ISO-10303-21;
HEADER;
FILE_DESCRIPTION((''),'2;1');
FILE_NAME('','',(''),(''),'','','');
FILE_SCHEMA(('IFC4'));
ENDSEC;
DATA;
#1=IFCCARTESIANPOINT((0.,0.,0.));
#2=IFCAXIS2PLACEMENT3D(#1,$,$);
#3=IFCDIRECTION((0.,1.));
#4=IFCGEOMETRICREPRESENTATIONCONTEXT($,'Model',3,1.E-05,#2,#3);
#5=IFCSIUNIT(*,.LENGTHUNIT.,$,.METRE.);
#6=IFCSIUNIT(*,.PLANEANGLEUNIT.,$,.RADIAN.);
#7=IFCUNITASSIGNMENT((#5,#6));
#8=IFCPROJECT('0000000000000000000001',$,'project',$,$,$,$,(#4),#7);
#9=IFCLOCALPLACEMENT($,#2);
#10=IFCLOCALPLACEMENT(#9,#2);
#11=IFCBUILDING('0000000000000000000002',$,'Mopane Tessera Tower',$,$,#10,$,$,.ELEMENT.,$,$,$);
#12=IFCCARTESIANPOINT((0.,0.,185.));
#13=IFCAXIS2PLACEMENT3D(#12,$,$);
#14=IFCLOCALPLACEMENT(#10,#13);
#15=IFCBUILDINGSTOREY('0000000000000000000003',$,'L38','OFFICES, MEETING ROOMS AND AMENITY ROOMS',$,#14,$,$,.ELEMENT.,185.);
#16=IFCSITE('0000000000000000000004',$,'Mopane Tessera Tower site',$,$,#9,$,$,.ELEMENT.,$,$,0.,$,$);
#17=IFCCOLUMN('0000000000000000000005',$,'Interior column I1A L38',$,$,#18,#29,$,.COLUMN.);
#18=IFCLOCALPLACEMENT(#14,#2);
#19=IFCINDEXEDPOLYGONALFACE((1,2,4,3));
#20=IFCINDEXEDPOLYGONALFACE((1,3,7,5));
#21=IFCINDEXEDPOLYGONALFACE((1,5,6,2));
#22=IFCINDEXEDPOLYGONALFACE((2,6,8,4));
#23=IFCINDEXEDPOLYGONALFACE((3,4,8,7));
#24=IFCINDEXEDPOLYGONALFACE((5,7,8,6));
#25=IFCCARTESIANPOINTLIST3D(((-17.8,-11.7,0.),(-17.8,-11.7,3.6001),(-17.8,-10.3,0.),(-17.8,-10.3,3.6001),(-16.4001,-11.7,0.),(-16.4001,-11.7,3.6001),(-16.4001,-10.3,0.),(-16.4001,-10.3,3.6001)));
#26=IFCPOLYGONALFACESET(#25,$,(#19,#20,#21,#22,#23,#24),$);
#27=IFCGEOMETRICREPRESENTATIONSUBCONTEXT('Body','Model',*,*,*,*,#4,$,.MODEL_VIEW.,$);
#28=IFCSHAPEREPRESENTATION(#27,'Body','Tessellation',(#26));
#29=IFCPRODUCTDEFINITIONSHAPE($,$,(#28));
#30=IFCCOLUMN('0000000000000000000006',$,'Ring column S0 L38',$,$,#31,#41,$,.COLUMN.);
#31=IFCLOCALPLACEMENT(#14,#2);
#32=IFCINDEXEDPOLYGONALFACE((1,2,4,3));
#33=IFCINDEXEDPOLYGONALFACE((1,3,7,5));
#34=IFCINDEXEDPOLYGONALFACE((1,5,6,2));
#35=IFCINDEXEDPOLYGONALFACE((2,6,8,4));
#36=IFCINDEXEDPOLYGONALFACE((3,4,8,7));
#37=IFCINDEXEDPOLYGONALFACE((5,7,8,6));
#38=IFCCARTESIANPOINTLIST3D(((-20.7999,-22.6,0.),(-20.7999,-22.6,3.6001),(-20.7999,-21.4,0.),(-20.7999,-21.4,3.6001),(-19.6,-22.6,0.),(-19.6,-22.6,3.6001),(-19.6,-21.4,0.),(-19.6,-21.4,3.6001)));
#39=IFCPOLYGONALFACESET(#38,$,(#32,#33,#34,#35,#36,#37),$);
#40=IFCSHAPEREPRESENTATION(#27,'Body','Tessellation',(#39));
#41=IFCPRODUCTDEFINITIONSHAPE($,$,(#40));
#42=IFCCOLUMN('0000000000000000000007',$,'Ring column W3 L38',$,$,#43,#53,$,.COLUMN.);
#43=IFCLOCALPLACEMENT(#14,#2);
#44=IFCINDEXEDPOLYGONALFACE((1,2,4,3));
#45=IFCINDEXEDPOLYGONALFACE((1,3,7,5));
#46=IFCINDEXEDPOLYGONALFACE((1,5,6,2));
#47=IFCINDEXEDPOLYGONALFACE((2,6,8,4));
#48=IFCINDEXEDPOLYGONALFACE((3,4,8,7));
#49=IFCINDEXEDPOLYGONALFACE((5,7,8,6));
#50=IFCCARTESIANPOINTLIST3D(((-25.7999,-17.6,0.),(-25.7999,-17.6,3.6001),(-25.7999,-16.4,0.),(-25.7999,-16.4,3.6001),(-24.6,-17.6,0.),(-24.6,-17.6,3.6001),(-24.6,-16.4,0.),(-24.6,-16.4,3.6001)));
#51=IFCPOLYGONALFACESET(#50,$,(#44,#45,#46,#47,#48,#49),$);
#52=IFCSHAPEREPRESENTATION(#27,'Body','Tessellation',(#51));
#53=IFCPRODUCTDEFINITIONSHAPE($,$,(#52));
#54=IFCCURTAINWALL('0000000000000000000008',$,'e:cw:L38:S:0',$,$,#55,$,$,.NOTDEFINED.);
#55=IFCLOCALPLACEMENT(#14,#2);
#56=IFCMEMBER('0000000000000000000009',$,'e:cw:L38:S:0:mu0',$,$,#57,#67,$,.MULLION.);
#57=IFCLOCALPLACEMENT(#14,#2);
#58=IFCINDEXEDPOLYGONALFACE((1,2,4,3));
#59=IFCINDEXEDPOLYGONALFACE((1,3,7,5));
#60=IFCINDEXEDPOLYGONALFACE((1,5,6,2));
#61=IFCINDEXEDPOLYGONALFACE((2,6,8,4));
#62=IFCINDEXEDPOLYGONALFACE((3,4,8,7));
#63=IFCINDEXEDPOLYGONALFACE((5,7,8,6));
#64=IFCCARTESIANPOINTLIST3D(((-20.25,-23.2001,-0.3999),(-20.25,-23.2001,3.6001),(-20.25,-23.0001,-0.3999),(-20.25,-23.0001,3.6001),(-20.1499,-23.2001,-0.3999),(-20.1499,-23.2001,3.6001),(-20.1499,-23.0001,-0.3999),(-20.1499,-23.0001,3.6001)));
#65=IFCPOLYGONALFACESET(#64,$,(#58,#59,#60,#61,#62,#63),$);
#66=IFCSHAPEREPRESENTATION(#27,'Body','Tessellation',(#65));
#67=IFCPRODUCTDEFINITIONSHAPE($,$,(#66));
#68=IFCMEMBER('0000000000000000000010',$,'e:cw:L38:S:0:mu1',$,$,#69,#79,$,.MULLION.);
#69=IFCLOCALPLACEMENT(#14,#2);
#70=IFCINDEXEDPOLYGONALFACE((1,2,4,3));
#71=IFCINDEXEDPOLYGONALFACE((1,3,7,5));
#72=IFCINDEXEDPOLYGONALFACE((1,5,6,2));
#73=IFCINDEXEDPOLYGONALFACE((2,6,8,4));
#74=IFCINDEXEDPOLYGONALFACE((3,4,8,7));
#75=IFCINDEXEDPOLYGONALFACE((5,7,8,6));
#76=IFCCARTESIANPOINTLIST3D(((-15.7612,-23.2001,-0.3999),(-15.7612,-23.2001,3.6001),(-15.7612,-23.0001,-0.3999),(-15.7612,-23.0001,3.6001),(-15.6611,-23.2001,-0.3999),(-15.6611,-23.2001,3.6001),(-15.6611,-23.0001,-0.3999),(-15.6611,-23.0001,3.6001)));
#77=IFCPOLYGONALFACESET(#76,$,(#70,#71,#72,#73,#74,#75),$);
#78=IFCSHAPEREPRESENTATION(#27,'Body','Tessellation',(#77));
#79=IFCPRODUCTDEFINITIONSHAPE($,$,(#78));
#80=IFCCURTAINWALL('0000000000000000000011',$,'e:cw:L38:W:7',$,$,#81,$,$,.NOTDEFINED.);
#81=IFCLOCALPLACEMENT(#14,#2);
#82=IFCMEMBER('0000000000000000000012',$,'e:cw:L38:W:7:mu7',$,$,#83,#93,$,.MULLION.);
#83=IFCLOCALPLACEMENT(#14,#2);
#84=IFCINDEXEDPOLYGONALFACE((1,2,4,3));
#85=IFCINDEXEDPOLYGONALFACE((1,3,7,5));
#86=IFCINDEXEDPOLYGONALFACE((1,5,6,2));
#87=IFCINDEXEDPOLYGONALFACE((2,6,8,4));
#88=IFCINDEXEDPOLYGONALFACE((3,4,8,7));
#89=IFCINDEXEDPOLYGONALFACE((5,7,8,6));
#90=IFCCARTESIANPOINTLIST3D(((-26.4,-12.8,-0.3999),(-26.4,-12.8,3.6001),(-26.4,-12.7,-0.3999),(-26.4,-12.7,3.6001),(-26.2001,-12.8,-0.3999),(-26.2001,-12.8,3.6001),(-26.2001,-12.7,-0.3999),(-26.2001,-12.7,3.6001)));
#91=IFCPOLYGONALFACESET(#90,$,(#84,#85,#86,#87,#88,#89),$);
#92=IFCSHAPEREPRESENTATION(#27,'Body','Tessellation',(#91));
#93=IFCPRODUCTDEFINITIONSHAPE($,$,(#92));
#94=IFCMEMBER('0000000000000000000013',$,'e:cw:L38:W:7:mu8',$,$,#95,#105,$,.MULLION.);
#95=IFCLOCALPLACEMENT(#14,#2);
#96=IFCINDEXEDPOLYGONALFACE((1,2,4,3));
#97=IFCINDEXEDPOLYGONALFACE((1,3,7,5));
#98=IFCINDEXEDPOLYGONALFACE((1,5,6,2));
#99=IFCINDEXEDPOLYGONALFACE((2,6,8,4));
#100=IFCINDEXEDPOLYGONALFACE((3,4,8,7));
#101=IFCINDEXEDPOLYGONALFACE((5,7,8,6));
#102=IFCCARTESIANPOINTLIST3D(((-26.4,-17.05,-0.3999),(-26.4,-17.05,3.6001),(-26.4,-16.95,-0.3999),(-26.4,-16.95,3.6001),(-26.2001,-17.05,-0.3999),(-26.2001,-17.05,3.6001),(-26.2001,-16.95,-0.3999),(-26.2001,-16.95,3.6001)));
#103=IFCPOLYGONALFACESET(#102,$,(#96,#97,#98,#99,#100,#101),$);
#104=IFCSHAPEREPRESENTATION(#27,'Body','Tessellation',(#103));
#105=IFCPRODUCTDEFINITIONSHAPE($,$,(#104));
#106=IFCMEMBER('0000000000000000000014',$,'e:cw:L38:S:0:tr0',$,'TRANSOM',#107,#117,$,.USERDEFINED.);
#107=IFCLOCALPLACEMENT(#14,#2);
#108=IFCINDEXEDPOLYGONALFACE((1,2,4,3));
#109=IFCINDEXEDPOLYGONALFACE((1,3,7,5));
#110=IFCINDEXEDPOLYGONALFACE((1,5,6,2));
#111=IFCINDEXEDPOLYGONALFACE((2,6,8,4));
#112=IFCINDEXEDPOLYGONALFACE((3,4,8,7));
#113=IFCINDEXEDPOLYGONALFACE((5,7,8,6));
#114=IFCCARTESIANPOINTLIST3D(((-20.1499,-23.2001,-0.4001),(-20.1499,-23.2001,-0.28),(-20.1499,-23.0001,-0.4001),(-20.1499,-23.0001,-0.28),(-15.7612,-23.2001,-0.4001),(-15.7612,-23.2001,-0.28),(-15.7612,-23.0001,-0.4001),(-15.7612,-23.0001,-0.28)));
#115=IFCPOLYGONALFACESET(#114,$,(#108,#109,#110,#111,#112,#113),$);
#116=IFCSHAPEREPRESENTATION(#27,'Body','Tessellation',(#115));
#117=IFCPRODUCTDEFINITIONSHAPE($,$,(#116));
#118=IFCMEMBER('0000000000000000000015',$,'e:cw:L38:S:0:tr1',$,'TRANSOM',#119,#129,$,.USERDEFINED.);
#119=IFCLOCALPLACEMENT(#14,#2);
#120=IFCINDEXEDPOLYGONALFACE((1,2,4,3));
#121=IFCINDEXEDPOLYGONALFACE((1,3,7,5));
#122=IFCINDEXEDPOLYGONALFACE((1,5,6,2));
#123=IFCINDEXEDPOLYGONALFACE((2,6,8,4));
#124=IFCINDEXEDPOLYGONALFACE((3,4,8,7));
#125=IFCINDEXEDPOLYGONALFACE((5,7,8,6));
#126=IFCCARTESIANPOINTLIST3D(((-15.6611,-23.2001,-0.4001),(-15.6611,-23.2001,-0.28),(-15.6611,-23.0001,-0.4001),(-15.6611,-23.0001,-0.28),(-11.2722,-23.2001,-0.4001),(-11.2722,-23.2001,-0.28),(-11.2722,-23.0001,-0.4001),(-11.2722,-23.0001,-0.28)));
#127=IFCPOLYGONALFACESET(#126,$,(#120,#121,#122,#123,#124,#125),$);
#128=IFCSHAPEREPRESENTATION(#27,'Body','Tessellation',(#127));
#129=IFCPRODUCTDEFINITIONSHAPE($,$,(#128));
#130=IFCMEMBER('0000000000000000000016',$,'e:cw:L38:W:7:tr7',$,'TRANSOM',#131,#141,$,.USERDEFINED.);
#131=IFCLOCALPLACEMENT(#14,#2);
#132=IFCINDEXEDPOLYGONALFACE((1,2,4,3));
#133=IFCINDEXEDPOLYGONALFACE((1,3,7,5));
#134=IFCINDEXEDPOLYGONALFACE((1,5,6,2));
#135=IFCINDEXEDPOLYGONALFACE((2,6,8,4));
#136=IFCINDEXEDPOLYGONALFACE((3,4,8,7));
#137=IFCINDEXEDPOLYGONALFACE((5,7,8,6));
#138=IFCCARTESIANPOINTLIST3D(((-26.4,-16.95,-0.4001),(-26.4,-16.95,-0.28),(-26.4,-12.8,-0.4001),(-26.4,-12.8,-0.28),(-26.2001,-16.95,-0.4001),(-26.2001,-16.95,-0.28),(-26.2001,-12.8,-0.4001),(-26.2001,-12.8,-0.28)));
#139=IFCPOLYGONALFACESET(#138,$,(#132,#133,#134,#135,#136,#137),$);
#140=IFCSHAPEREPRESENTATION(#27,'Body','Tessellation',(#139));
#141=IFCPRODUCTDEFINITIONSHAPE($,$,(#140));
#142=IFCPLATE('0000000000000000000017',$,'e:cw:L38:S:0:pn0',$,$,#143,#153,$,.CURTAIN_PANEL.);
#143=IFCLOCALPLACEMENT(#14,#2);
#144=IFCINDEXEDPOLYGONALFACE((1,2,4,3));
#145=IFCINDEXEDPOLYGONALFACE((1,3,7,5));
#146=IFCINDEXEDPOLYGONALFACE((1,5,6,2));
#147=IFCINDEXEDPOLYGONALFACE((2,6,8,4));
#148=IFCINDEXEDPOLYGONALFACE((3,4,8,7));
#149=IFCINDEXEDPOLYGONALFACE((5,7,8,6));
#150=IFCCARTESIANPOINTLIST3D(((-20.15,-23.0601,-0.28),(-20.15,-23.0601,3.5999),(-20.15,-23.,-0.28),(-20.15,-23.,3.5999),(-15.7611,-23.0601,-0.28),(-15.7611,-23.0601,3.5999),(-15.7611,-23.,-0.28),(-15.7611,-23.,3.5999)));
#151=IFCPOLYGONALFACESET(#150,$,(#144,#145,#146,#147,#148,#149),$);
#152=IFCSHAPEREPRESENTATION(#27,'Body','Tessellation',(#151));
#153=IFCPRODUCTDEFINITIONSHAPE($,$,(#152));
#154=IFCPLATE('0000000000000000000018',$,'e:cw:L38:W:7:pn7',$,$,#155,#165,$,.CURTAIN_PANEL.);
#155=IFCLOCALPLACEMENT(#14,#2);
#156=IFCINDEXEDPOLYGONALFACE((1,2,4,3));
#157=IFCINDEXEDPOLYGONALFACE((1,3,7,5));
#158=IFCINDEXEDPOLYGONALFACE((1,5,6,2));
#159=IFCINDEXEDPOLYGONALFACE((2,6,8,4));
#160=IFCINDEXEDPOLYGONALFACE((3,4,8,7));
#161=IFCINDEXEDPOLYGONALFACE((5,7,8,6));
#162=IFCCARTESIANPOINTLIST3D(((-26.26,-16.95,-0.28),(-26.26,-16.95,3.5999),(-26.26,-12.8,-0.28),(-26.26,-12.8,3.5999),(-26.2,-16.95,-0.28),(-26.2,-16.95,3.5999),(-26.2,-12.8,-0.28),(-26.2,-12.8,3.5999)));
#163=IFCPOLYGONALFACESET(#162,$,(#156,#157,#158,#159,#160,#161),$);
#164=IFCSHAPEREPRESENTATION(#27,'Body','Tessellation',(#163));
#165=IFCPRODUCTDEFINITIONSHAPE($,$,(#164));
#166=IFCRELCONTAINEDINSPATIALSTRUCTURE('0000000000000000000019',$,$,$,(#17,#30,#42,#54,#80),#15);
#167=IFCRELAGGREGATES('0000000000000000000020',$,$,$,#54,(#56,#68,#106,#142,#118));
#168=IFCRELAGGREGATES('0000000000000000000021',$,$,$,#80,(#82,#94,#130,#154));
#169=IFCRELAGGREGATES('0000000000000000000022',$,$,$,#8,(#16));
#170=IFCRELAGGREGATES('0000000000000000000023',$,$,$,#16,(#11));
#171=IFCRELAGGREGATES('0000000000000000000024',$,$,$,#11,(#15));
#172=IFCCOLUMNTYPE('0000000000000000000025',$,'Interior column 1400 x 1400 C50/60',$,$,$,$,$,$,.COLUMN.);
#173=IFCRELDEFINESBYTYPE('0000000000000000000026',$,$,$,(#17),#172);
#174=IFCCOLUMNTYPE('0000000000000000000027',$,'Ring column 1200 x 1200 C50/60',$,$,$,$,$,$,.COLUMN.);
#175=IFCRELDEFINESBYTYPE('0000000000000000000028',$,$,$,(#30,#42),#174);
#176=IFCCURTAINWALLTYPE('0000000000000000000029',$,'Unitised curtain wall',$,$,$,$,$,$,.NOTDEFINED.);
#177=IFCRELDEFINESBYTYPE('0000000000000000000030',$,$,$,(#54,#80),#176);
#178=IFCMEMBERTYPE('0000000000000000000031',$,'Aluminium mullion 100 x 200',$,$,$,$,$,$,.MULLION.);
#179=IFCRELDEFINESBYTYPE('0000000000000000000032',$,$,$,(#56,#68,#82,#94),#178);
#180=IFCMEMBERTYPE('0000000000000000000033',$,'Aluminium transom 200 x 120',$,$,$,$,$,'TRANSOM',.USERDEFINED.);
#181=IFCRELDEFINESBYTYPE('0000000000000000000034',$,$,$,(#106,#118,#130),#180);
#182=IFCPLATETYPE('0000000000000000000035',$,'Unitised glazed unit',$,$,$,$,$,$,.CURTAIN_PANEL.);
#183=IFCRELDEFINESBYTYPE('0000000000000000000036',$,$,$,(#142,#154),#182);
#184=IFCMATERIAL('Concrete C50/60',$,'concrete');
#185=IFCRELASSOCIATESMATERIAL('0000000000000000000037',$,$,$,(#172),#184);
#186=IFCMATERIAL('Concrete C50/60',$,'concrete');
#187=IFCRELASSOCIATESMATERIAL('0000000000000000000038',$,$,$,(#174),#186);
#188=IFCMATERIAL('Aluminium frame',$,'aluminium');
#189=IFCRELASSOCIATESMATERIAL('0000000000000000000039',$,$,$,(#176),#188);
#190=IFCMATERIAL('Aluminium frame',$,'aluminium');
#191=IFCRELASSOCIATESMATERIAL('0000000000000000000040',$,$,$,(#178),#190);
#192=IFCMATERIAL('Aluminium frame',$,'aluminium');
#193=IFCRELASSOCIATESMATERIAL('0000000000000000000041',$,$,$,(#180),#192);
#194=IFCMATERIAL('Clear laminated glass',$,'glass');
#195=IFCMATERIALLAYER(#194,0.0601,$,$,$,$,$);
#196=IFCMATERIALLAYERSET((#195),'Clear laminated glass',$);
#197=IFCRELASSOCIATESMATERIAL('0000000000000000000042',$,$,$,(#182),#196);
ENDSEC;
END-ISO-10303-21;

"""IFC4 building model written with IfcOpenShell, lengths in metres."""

from ifc_helpers import new_model, si_unit, direction, frame, origin, origin_2d, place, context, subcontext, project, spatial, rectangle, extrude, material, layer, layer_set, material_profile, profile_set, type_object, element, aggregate, save


model = new_model("IFC4")

# Units and contexts
model_context = context("Model", 3, precision=1e-05, world=origin(), true_north=direction((0.0, 1.0)))
body_context = subcontext(model_context, "Body", "Model", "MODEL_VIEW")
ifc_project = project(units=[si_unit("LENGTHUNIT", "METRE"), si_unit("PLANEANGLEUNIT", "RADIAN")], contexts=[model_context])

# Site, building, storey
site_placement = place(None, origin())
site = spatial("IfcSite", under=ifc_project, at=site_placement, Name="Mopane Tessera Tower site", CompositionType="ELEMENT", RefElevation=0.0)
building_placement = place(site_placement, origin())
building = spatial("IfcBuilding", under=site, at=building_placement, Name="Mopane Tessera Tower", CompositionType="ELEMENT")
storey_placement = place(building_placement, frame((0.0, 0.0, 185.0)))
storey = spatial("IfcBuildingStorey", under=building, at=storey_placement, Name="L38", Description="OFFICES, MEETING ROOMS AND AMENITY ROOMS", CompositionType="ELEMENT", Elevation=185.0)

# Columns
ifc_material_1 = material(Name="Concrete C50/60", Category="concrete")
ifc_material_profile_1 = material_profile(ifc_material_1, rectangle(XDim=1.3999, YDim=1.3999, at=origin_2d()))
ifc_profile_set_1 = profile_set([ifc_material_profile_1], Name="Concrete C50/60")
column_type_1 = type_object("IfcColumnType", Name="Interior column 1400 x 1400 C50/60", PredefinedType="COLUMN", material=ifc_profile_set_1)
column_placement = place(storey_placement, frame((-17.1001, -11.0, 0.0), z_axis=(0.0, 0.0, 1.0), x_axis=(1.0, 0.0, 0.0)))
element("IfcColumn", 1, at=column_placement, inside=storey, type_object=column_type_1, Name="Interior column I1A L38", PredefinedType="COLUMN", context=body_context, shape_type="SweptSolid", body=[
    extrude(rectangle(XDim=1.3999, YDim=1.3999, at=origin_2d()), origin(), (0.0, 0.0, 1.0), 3.6001),
])
ifc_material_2 = material(Name="Concrete C50/60", Category="concrete")
ifc_material_profile_2 = material_profile(ifc_material_2, rectangle(XDim=1.2, YDim=1.2, at=origin_2d()))
ifc_profile_set_2 = profile_set([ifc_material_profile_2], Name="Concrete C50/60")
column_type_2 = type_object("IfcColumnType", Name="Ring column 1200 x 1200 C50/60", PredefinedType="COLUMN", material=ifc_profile_set_2)
for number, where, z_axis, x_axis, name in (
    (2, (-20.2, -22.0, 0.0), (0.0, 0.0, 1.0), (1.0, 0.0, 0.0), "Ring column S0 L38"),
    (3, (-25.2, -17.0, 0.0), (0.0, 0.0, 1.0), (1.0, 0.0, 0.0), "Ring column W3 L38"),
):
    element("IfcColumn", number, at=place(storey_placement, frame(where, z_axis=z_axis, x_axis=x_axis)), inside=storey, type_object=column_type_2, Name=name, PredefinedType="COLUMN", context=body_context, shape_type="SweptSolid", body=[
        extrude(rectangle(XDim=1.2, YDim=1.2, at=origin_2d()), origin(), (0.0, 0.0, 1.0), 3.6001),
    ])

# Curtain walls, members
ifc_material_3 = material(Name="Aluminium frame", Category="aluminium")
curtain_wall_type = type_object("IfcCurtainWallType", Name="Unitised curtain wall", PredefinedType="NOTDEFINED", material=ifc_material_3)
curtain_wall_1_placement = place(storey_placement, origin())
curtain_wall_1 = element("IfcCurtainWall", 4, at=curtain_wall_1_placement, inside=storey, type_object=curtain_wall_type, Name="e:cw:L38:S:0", PredefinedType="NOTDEFINED")
ifc_material_4 = material(Name="Aluminium frame", Category="aluminium")
ifc_material_profile_3 = material_profile(ifc_material_4, rectangle(XDim=0.1001, YDim=0.2, at=origin_2d()))
ifc_profile_set_3 = profile_set([ifc_material_profile_3], Name="Aluminium frame")
member_type_1 = type_object("IfcMemberType", Name="Aluminium mullion 100 x 200", PredefinedType="MULLION", material=ifc_profile_set_3)
member_1_placement = place(storey_placement, frame((-20.2, -23.1001, -0.3999), z_axis=(0.0, 0.0, 1.0), x_axis=(1.0, 0.0, 0.0)))
member_1 = element("IfcMember", 5, at=member_1_placement, type_object=member_type_1, Name="e:cw:L38:S:0:mu0", PredefinedType="MULLION", context=body_context, shape_type="SweptSolid", body=[
    extrude(rectangle(XDim=0.1001, YDim=0.2, at=origin_2d()), origin(), (0.0, 0.0, 1.0), 4.0),
])
member_2_placement = place(storey_placement, frame((-15.7112, -23.1001, -0.3999), z_axis=(0.0, 0.0, 1.0), x_axis=(1.0, 0.0, 0.0)))
member_2 = element("IfcMember", 6, at=member_2_placement, type_object=member_type_1, Name="e:cw:L38:S:0:mu1", PredefinedType="MULLION", context=body_context, shape_type="SweptSolid", body=[
    extrude(rectangle(XDim=0.1001, YDim=0.2, at=origin_2d()), origin(), (0.0, 0.0, 1.0), 4.0),
])
curtain_wall_2_placement = place(storey_placement, origin())
curtain_wall_2 = element("IfcCurtainWall", 7, at=curtain_wall_2_placement, inside=storey, type_object=curtain_wall_type, Name="e:cw:L38:W:7", PredefinedType="NOTDEFINED")
member_3_placement = place(storey_placement, frame((-26.3, -12.75, -0.3999), z_axis=(0.0, 0.0, 1.0), x_axis=(0.0, -1.0, 0.0)))
member_3 = element("IfcMember", 8, at=member_3_placement, type_object=member_type_1, Name="e:cw:L38:W:7:mu7", PredefinedType="MULLION", context=body_context, shape_type="SweptSolid", body=[
    extrude(rectangle(XDim=0.1001, YDim=0.2, at=origin_2d()), origin(), (0.0, 0.0, 1.0), 4.0),
])
member_4_placement = place(storey_placement, frame((-26.3, -17.0, -0.3999), z_axis=(0.0, 0.0, 1.0), x_axis=(0.0, -1.0, 0.0)))
member_4 = element("IfcMember", 9, at=member_4_placement, type_object=member_type_1, Name="e:cw:L38:W:7:mu8", PredefinedType="MULLION", context=body_context, shape_type="SweptSolid", body=[
    extrude(rectangle(XDim=0.1001, YDim=0.2, at=origin_2d()), origin(), (0.0, 0.0, 1.0), 4.0),
])

# Members
ifc_material_5 = material(Name="Aluminium frame", Category="aluminium")
ifc_material_profile_4 = material_profile(ifc_material_5, rectangle(XDim=0.2, YDim=0.1201, at=origin_2d()))
ifc_profile_set_4 = profile_set([ifc_material_profile_4], Name="Aluminium frame")
member_type_2 = type_object("IfcMemberType", Name="Aluminium transom 200 x 120", ElementType="TRANSOM", PredefinedType="USERDEFINED", material=ifc_profile_set_4)
member_5_placement = place(storey_placement, frame((-20.1499, -23.1001, -0.3401), z_axis=(1.0, 0.0, 0.0), x_axis=(0.0, 1.0, 0.0)))
member_5 = element("IfcMember", 10, at=member_5_placement, type_object=member_type_2, Name="e:cw:L38:S:0:tr0", ObjectType="TRANSOM", PredefinedType="USERDEFINED", context=body_context, shape_type="SweptSolid", body=[
    extrude(rectangle(XDim=0.2, YDim=0.1201, at=origin_2d()), origin(), (0.0, 0.0, 1.0), 4.3887),
])
member_6_placement = place(storey_placement, frame((-15.6611, -23.1001, -0.3401), z_axis=(1.0, 0.0, 0.0), x_axis=(0.0, 1.0, 0.0)))
member_6 = element("IfcMember", 11, at=member_6_placement, type_object=member_type_2, Name="e:cw:L38:S:0:tr1", ObjectType="TRANSOM", PredefinedType="USERDEFINED", context=body_context, shape_type="SweptSolid", body=[
    extrude(rectangle(XDim=0.2, YDim=0.1201, at=origin_2d()), origin(), (0.0, 0.0, 1.0), 4.3889),
])
member_7_placement = place(storey_placement, frame((-26.3, -12.8, -0.3401), z_axis=(0.0, -1.0, 0.0), x_axis=(1.0, 0.0, 0.0)))
member_7 = element("IfcMember", 12, at=member_7_placement, type_object=member_type_2, Name="e:cw:L38:W:7:tr7", ObjectType="TRANSOM", PredefinedType="USERDEFINED", context=body_context, shape_type="SweptSolid", body=[
    extrude(rectangle(XDim=0.2, YDim=0.1201, at=origin_2d()), origin(), (0.0, 0.0, 1.0), 4.1499),
])

# Plates
ifc_material_6 = material(Name="Clear laminated glass", Category="glass")
ifc_layer_1 = layer(ifc_material_6, 0.0601)
ifc_layer_set_1 = layer_set([ifc_layer_1], Name="Clear laminated glass")
plate_type = type_object("IfcPlateType", Name="Unitised glazed unit", PredefinedType="CURTAIN_PANEL", material=ifc_layer_set_1)
plate_1_placement = place(storey_placement, frame((-17.9556, -23.03, -0.28), z_axis=(0.0, 0.0, 1.0), x_axis=(1.0, 0.0, 0.0)))
plate_1 = element("IfcPlate", 13, at=plate_1_placement, type_object=plate_type, Name="e:cw:L38:S:0:pn0", PredefinedType="CURTAIN_PANEL", context=body_context, shape_type="SweptSolid", body=[
    extrude(rectangle(XDim=4.3889, YDim=0.0601, at=origin_2d()), origin(), (0.0, 0.0, 1.0), 3.8799),
])
aggregate(curtain_wall_1, [member_1, member_2, member_5, plate_1, member_6])
plate_2_placement = place(storey_placement, frame((-26.23, -14.875, -0.28), z_axis=(0.0, 0.0, 1.0), x_axis=(0.0, -1.0, 0.0)))
plate_2 = element("IfcPlate", 14, at=plate_2_placement, type_object=plate_type, Name="e:cw:L38:W:7:pn7", PredefinedType="CURTAIN_PANEL", context=body_context, shape_type="SweptSolid", body=[
    extrude(rectangle(XDim=4.1499, YDim=0.0601, at=origin_2d()), origin(), (0.0, 0.0, 1.0), 3.8799),
])
aggregate(curtain_wall_2, [member_3, member_4, member_7, plate_2])

save(model, "model.ifc")
